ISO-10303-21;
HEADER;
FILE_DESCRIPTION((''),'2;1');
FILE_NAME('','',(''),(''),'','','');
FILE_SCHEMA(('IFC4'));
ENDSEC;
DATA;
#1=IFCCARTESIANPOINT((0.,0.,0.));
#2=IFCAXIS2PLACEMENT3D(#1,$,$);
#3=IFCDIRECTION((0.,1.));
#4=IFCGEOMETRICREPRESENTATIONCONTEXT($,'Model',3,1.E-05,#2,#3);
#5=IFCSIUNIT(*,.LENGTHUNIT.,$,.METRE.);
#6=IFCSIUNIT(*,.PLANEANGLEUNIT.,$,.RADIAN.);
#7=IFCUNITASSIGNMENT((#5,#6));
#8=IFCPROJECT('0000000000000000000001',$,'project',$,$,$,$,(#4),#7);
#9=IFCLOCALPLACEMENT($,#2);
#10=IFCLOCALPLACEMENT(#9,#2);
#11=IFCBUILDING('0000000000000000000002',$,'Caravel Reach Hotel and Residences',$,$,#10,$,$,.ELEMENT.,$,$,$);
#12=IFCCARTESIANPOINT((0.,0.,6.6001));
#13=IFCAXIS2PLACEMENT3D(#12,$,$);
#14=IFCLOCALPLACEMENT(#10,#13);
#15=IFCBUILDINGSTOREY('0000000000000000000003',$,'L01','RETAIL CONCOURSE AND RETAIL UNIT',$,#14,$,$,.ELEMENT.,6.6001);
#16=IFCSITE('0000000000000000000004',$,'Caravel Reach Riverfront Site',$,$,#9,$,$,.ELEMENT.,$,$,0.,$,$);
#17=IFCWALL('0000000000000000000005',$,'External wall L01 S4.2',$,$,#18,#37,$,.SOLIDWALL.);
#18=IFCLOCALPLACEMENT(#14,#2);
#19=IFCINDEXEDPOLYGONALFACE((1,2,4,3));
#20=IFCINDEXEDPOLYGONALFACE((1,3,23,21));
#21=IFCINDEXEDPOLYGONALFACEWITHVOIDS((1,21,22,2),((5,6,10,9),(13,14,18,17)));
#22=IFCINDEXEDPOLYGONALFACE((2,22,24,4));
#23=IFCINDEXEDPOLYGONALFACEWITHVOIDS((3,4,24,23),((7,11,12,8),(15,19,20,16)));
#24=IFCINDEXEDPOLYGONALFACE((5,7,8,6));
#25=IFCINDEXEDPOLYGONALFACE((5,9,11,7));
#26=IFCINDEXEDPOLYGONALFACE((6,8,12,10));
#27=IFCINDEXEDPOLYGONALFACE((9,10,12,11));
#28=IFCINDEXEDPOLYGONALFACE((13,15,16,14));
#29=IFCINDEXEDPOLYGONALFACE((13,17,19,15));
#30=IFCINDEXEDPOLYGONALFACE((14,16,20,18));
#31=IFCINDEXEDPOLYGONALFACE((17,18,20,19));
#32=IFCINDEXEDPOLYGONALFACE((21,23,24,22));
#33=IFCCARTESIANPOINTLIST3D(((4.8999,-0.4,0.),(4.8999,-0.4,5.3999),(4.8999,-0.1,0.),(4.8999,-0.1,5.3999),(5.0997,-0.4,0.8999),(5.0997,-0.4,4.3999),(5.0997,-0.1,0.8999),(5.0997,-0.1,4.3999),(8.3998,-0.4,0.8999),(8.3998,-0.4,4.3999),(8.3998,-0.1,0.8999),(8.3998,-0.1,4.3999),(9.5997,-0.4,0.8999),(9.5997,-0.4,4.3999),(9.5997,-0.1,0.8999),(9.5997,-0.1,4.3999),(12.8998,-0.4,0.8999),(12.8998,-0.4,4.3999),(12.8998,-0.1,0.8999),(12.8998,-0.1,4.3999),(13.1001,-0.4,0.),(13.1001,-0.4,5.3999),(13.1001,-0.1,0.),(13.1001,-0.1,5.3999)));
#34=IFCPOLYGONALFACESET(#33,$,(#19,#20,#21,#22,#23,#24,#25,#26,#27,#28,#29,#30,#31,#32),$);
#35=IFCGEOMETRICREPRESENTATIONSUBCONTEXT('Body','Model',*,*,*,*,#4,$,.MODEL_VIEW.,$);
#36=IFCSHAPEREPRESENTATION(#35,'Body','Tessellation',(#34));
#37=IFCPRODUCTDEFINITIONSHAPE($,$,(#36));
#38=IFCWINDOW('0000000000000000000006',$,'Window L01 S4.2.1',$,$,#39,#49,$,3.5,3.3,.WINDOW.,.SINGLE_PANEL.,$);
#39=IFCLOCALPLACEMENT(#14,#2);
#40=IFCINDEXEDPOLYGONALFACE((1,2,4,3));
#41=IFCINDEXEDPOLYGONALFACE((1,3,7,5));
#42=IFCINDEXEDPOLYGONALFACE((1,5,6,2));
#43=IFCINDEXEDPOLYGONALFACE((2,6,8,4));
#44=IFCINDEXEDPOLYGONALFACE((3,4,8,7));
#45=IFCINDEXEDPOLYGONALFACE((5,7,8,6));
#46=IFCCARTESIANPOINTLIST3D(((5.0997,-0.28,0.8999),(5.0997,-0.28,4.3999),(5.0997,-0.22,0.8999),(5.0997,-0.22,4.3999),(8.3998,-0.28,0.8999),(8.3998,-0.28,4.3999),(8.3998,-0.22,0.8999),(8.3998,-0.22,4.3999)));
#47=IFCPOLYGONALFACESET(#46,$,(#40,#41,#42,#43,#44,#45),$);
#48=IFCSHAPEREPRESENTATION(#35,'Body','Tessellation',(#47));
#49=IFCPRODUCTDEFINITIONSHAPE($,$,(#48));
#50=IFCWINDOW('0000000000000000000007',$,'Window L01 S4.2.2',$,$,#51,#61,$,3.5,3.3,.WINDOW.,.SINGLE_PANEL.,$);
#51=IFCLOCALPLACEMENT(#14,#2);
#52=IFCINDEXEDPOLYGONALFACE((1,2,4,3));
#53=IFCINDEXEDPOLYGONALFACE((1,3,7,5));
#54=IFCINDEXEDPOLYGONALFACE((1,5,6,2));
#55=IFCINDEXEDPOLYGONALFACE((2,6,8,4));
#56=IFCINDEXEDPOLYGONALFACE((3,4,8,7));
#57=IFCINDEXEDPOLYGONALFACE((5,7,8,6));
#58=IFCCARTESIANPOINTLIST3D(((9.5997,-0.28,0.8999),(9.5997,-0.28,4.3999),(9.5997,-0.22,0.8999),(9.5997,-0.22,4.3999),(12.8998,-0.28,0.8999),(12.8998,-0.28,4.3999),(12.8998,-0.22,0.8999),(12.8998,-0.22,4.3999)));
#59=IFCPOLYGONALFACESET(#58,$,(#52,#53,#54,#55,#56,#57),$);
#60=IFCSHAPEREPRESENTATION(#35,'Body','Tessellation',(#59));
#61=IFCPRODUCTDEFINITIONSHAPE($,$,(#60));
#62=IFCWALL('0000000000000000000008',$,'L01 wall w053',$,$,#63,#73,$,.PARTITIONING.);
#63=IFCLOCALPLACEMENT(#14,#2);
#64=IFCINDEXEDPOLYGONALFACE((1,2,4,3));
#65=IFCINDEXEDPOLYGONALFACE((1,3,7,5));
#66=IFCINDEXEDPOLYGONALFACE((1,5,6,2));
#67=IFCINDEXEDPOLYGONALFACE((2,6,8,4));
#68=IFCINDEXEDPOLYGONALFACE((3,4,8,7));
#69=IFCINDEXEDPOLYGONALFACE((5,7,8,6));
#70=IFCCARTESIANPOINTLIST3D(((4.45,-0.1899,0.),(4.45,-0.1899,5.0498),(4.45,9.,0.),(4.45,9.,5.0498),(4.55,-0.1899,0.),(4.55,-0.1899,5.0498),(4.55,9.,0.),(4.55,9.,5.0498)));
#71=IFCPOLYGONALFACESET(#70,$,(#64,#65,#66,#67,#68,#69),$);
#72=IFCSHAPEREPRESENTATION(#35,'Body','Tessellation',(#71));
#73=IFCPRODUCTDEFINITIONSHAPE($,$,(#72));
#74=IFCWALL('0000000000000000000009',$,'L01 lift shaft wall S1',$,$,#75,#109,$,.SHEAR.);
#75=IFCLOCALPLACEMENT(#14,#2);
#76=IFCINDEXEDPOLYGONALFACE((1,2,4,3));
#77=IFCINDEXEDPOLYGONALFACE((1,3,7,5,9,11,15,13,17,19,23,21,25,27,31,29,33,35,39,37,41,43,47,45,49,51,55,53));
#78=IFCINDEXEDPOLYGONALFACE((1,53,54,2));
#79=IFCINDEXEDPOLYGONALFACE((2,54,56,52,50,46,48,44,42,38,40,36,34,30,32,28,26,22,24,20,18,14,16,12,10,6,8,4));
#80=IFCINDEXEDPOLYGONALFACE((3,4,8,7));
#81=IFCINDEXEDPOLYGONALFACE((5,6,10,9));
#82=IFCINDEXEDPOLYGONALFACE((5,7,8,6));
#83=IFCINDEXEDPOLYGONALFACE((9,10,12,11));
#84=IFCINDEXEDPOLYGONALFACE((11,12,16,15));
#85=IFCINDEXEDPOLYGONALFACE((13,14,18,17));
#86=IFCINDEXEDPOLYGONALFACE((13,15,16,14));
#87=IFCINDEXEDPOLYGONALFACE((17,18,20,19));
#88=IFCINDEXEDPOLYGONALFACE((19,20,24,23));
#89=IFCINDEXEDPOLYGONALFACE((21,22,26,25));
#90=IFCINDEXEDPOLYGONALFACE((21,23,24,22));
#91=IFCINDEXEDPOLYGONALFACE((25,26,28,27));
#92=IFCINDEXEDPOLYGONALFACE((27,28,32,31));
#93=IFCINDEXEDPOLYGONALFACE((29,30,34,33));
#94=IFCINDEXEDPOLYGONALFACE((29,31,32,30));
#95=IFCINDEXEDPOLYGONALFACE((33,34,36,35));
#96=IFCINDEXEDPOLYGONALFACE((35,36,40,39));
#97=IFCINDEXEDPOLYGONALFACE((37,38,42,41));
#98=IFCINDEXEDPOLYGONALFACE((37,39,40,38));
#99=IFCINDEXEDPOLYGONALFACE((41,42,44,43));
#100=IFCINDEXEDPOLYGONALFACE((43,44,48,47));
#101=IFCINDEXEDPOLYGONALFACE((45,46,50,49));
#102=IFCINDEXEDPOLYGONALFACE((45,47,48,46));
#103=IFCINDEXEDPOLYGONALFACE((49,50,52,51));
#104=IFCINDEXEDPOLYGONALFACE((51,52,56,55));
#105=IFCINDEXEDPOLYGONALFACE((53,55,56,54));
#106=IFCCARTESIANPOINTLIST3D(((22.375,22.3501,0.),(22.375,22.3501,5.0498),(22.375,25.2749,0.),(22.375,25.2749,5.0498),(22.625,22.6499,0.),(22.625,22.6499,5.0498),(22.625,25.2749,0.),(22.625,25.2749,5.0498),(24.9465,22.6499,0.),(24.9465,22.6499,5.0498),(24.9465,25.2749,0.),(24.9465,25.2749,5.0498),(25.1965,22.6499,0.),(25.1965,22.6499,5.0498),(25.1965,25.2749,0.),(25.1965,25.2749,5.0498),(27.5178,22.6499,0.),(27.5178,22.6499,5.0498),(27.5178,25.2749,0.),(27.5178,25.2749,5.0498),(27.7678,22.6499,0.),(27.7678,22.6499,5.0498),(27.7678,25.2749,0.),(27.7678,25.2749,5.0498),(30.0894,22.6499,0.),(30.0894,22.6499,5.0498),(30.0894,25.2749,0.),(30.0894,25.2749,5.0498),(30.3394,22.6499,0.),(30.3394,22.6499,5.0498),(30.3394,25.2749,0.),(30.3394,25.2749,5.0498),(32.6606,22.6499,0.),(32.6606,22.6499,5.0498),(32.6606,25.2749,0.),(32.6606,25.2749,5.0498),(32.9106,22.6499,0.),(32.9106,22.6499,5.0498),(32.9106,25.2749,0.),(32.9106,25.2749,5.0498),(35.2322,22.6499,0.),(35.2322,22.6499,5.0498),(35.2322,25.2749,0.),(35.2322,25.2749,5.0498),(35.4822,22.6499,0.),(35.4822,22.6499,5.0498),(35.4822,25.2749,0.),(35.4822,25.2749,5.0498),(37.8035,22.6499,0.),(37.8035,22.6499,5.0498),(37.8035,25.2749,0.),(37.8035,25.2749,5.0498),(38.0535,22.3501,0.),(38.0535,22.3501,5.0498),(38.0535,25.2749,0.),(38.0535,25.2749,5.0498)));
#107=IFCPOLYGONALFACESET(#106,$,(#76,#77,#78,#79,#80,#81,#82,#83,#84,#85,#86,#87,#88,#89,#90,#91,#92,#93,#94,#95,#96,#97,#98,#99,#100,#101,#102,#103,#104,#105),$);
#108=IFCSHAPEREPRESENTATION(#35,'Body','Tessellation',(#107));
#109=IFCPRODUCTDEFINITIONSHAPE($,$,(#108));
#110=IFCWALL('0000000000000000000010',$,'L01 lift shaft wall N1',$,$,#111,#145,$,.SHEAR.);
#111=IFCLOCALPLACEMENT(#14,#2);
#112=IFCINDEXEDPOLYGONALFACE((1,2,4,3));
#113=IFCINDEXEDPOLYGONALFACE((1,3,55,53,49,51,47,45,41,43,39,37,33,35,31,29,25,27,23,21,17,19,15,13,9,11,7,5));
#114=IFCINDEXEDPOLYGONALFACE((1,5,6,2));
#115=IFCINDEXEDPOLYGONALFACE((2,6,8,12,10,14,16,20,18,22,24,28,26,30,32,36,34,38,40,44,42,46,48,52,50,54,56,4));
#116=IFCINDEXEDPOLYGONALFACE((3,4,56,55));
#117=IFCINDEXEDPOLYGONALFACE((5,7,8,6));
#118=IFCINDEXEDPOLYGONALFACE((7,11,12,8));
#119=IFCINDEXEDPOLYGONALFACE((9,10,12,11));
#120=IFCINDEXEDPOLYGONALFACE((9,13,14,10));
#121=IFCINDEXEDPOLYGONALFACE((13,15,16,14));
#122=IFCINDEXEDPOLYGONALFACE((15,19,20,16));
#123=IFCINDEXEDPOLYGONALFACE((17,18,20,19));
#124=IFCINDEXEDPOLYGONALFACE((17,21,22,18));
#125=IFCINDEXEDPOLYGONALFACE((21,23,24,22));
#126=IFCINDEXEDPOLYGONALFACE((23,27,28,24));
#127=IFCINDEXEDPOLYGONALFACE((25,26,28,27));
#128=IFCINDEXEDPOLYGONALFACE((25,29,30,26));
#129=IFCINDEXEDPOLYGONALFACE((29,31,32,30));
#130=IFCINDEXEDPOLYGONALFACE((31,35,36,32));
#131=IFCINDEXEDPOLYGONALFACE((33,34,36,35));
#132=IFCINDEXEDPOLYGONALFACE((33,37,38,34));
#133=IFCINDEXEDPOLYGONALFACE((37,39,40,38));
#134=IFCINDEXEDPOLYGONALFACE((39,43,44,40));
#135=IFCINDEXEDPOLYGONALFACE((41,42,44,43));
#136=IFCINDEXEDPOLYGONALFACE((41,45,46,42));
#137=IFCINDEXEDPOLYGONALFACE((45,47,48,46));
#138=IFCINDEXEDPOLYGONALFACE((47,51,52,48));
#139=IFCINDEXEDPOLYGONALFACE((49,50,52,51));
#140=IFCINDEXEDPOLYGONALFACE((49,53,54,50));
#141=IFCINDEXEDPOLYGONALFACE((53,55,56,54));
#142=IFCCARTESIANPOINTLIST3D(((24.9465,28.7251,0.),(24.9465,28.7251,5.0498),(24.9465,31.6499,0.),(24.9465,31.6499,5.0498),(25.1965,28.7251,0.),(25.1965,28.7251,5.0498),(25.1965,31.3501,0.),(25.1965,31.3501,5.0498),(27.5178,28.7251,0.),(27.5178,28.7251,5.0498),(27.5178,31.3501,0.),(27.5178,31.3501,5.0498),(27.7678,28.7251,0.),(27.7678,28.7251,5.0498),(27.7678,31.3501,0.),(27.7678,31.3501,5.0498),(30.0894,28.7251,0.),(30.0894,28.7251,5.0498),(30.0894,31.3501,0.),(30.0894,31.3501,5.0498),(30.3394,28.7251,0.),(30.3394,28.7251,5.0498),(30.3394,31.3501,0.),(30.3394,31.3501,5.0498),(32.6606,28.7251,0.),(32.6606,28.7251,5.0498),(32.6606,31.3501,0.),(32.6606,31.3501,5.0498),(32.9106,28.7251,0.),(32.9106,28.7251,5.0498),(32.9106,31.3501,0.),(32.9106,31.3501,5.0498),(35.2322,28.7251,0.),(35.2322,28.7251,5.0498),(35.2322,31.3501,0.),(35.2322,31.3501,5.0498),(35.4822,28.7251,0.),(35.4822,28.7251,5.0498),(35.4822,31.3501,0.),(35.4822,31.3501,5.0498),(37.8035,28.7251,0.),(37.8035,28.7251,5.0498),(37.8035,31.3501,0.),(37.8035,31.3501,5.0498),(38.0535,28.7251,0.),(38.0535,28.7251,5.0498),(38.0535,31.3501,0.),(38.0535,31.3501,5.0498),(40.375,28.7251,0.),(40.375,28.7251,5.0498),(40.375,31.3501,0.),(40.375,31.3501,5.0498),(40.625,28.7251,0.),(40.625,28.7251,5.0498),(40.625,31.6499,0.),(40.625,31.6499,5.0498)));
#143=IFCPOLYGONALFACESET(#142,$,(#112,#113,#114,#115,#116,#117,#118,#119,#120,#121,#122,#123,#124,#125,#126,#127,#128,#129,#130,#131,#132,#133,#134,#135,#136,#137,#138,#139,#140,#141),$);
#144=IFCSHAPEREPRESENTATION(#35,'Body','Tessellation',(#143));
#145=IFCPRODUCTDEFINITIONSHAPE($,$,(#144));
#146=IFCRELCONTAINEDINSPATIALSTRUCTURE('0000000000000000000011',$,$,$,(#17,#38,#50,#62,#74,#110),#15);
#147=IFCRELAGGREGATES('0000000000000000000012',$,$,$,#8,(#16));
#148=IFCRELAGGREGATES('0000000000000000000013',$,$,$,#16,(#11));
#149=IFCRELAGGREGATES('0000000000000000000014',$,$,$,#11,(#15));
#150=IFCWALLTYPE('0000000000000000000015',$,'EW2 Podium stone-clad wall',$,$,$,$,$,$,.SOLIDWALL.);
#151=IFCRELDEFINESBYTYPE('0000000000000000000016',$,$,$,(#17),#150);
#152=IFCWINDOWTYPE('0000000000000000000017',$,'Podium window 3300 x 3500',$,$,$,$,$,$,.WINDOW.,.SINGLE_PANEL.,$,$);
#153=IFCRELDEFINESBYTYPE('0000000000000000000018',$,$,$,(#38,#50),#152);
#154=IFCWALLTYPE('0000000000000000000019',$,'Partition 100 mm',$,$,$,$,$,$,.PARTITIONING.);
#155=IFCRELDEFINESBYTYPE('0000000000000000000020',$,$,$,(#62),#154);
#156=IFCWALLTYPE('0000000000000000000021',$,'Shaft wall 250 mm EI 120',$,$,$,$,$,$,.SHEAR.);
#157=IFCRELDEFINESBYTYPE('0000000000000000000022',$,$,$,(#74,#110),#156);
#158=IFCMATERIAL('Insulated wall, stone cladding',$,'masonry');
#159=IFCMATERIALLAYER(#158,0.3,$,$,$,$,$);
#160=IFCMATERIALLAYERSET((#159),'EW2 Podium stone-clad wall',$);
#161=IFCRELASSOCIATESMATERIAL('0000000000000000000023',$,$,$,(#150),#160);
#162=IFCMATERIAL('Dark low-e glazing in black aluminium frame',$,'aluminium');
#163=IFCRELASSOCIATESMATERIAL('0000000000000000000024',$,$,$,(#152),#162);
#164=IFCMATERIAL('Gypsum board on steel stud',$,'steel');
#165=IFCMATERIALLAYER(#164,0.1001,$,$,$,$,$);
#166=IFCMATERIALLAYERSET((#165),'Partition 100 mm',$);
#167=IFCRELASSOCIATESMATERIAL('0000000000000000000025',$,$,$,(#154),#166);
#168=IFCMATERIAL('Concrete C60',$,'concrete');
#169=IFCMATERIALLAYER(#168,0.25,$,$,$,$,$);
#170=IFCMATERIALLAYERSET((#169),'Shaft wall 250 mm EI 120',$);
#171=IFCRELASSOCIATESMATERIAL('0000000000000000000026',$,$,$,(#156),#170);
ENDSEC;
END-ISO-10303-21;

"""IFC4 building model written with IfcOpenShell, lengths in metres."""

from ifc_helpers import new_model, si_unit, direction, frame, frame_2d, origin, place, context, subcontext, project, spatial, polyline, rectangle, outline, extrude, material, layer, layer_set, type_object, element, fill, save


model = new_model("IFC4")

# Units and contexts
model_context = context("Model", 3, precision=1e-05, world=origin(), true_north=direction((0.0, 1.0)))
body_context = subcontext(model_context, "Body", "Model", "MODEL_VIEW")
ifc_project = project(units=[si_unit("LENGTHUNIT", "METRE"), si_unit("PLANEANGLEUNIT", "RADIAN")], contexts=[model_context])

# Site, building, storey
site_placement = place(None, origin())
site = spatial("IfcSite", under=ifc_project, at=site_placement, Name="Caravel Reach Riverfront Site", CompositionType="ELEMENT", RefElevation=0.0)
building_placement = place(site_placement, origin())
building = spatial("IfcBuilding", under=site, at=building_placement, Name="Caravel Reach Hotel and Residences", CompositionType="ELEMENT")
storey_placement = place(building_placement, frame((0.0, 0.0, 6.6001)))
storey = spatial("IfcBuildingStorey", under=building, at=storey_placement, Name="L01", Description="RETAIL CONCOURSE AND RETAIL UNIT", CompositionType="ELEMENT", Elevation=6.6001)

# Wall, openings, windows
ifc_material_1 = material(Name="Insulated wall, stone cladding", Category="masonry")
ifc_layer_1 = layer(ifc_material_1, 0.3)
ifc_layer_set_1 = layer_set([ifc_layer_1], Name="EW2 Podium stone-clad wall")
wall_type_1 = type_object("IfcWallType", Name="EW2 Podium stone-clad wall", PredefinedType="SOLIDWALL", material=ifc_layer_set_1)
ifc_material_2 = material(Name="Dark low-e glazing in black aluminium frame", Category="aluminium")
window_type = type_object("IfcWindowType", Name="Podium window 3300 x 3500", PartitioningType="SINGLE_PANEL", PredefinedType="WINDOW", material=ifc_material_2)
wall_1_placement = place(storey_placement, frame((4.8999, -0.25, 0.0), z_axis=(0.0, 0.0, 1.0), x_axis=(1.0, 0.0, 0.0)))
wall_1 = element("IfcWall", 1, at=wall_1_placement, inside=storey, type_object=wall_type_1, Name="External wall L01 S4.2", PredefinedType="SOLIDWALL", context=body_context, shape_type="SweptSolid", body=[
    extrude(rectangle(XDim=8.2002, YDim=0.3, at=frame_2d((4.1001, 0.0))), origin(), (0.0, 0.0, 1.0), 5.3999),
])
opening_1_placement = place(wall_1_placement, frame((0.2, 0.0, 0.8999)))
opening_1 = element("IfcOpeningElement", 2, at=opening_1_placement, cuts=wall_1, PredefinedType="OPENING", context=body_context, shape_type="SweptSolid", body=[
    extrude(rectangle(XDim=3.3, YDim=3.5, at=frame_2d((1.6499, 1.75))), frame((0.0, 0.1599, 0.0), z_axis=(0.0, -1.0, 0.0), x_axis=(1.0, 0.0, 0.0)), (0.0, 0.0, 1.0), 0.3201),
])
opening_2_placement = place(wall_1_placement, frame((4.7, 0.0, 0.8999)))
opening_2 = element("IfcOpeningElement", 3, at=opening_2_placement, cuts=wall_1, PredefinedType="OPENING", context=body_context, shape_type="SweptSolid", body=[
    extrude(rectangle(XDim=3.3, YDim=3.5, at=frame_2d((1.6499, 1.75))), frame((0.0, 0.1599, 0.0), z_axis=(0.0, -1.0, 0.0), x_axis=(1.0, 0.0, 0.0)), (0.0, 0.0, 1.0), 0.3201),
])
window_1_placement = place(opening_1_placement, origin())
window_1 = element("IfcWindow", 4, at=window_1_placement, inside=storey, type_object=window_type, Name="Window L01 S4.2.1", OverallHeight=3.5, OverallWidth=3.3, PartitioningType="SINGLE_PANEL", PredefinedType="WINDOW", context=body_context, shape_type="SweptSolid", body=[
    extrude(rectangle(XDim=3.3, YDim=3.5, at=frame_2d((1.6499, 1.75))), frame((0.0, 0.03, 0.0), z_axis=(0.0, -1.0, 0.0), x_axis=(1.0, 0.0, 0.0)), (0.0, 0.0, 1.0), 0.0601),
])
fill(opening_1, window_1)
window_2_placement = place(opening_2_placement, origin())
window_2 = element("IfcWindow", 5, at=window_2_placement, inside=storey, type_object=window_type, Name="Window L01 S4.2.2", OverallHeight=3.5, OverallWidth=3.3, PartitioningType="SINGLE_PANEL", PredefinedType="WINDOW", context=body_context, shape_type="SweptSolid", body=[
    extrude(rectangle(XDim=3.3, YDim=3.5, at=frame_2d((1.6499, 1.75))), frame((0.0, 0.03, 0.0), z_axis=(0.0, -1.0, 0.0), x_axis=(1.0, 0.0, 0.0)), (0.0, 0.0, 1.0), 0.0601),
])
fill(opening_2, window_2)

# Walls
ifc_material_3 = material(Name="Gypsum board on steel stud", Category="steel")
ifc_layer_2 = layer(ifc_material_3, 0.1001)
ifc_layer_set_2 = layer_set([ifc_layer_2], Name="Partition 100 mm")
wall_type_2 = type_object("IfcWallType", Name="Partition 100 mm", PredefinedType="PARTITIONING", material=ifc_layer_set_2)
wall_2_placement = place(storey_placement, frame((4.5, -0.1899, 0.0), z_axis=(0.0, 0.0, 1.0), x_axis=(0.0, 1.0, 0.0)))
element("IfcWall", 6, at=wall_2_placement, inside=storey, type_object=wall_type_2, Name="L01 wall w053", PredefinedType="PARTITIONING", context=body_context, shape_type="SweptSolid", body=[
    extrude(rectangle(XDim=9.1899, YDim=0.1001, at=frame_2d((4.595, 0.0))), origin(), (0.0, 0.0, 1.0), 5.0498),
])
ifc_material_4 = material(Name="Concrete C60", Category="concrete")
ifc_layer_3 = layer(ifc_material_4, 0.25)
ifc_layer_set_3 = layer_set([ifc_layer_3], Name="Shaft wall 250 mm EI 120")
wall_type_3 = type_object("IfcWallType", Name="Shaft wall 250 mm EI 120", PredefinedType="SHEAR", material=ifc_layer_set_3)
wall_3_placement = place(storey_placement, origin())
element("IfcWall", 7, at=wall_3_placement, inside=storey, type_object=wall_type_3, Name="L01 lift shaft wall S1", PredefinedType="SHEAR", context=body_context, shape_type="SweptSolid", body=[
    extrude(outline(polyline([(22.375, 22.3501), (38.0535, 22.3501), (38.0535, 25.2749), (37.8035, 25.2749), (37.8035, 22.6499), (35.4822, 22.6499), (35.4822, 25.2749), (35.2322, 25.2749), (35.2322, 22.6499), (32.9106, 22.6499), (32.9106, 25.2749), (32.6606, 25.2749), (32.6606, 22.6499), (30.3394, 22.6499), (30.3394, 25.2749), (30.0894, 25.2749), (30.0894, 22.6499), (27.7678, 22.6499), (27.7678, 25.2749), (27.5178, 25.2749), (27.5178, 22.6499), (25.1965, 22.6499), (25.1965, 25.2749), (24.9465, 25.2749), (24.9465, 22.6499), (22.625, 22.6499), (22.625, 25.2749), (22.375, 25.2749), (22.375, 22.3501)])), origin(), (0.0, 0.0, 1.0), 5.0498),
])
wall_4_placement = place(storey_placement, origin())
element("IfcWall", 8, at=wall_4_placement, inside=storey, type_object=wall_type_3, Name="L01 lift shaft wall N1", PredefinedType="SHEAR", context=body_context, shape_type="SweptSolid", body=[
    extrude(outline(polyline([(24.9465, 28.7251), (25.1965, 28.7251), (25.1965, 31.3501), (27.5178, 31.3501), (27.5178, 28.7251), (27.7678, 28.7251), (27.7678, 31.3501), (30.0894, 31.3501), (30.0894, 28.7251), (30.3394, 28.7251), (30.3394, 31.3501), (32.6606, 31.3501), (32.6606, 28.7251), (32.9106, 28.7251), (32.9106, 31.3501), (35.2322, 31.3501), (35.2322, 28.7251), (35.4822, 28.7251), (35.4822, 31.3501), (37.8035, 31.3501), (37.8035, 28.7251), (38.0535, 28.7251), (38.0535, 31.3501), (40.375, 31.3501), (40.375, 28.7251), (40.625, 28.7251), (40.625, 31.6499), (24.9465, 31.6499), (24.9465, 28.7251)])), origin(), (0.0, 0.0, 1.0), 5.0498),
])

save(model, "model.ifc")
